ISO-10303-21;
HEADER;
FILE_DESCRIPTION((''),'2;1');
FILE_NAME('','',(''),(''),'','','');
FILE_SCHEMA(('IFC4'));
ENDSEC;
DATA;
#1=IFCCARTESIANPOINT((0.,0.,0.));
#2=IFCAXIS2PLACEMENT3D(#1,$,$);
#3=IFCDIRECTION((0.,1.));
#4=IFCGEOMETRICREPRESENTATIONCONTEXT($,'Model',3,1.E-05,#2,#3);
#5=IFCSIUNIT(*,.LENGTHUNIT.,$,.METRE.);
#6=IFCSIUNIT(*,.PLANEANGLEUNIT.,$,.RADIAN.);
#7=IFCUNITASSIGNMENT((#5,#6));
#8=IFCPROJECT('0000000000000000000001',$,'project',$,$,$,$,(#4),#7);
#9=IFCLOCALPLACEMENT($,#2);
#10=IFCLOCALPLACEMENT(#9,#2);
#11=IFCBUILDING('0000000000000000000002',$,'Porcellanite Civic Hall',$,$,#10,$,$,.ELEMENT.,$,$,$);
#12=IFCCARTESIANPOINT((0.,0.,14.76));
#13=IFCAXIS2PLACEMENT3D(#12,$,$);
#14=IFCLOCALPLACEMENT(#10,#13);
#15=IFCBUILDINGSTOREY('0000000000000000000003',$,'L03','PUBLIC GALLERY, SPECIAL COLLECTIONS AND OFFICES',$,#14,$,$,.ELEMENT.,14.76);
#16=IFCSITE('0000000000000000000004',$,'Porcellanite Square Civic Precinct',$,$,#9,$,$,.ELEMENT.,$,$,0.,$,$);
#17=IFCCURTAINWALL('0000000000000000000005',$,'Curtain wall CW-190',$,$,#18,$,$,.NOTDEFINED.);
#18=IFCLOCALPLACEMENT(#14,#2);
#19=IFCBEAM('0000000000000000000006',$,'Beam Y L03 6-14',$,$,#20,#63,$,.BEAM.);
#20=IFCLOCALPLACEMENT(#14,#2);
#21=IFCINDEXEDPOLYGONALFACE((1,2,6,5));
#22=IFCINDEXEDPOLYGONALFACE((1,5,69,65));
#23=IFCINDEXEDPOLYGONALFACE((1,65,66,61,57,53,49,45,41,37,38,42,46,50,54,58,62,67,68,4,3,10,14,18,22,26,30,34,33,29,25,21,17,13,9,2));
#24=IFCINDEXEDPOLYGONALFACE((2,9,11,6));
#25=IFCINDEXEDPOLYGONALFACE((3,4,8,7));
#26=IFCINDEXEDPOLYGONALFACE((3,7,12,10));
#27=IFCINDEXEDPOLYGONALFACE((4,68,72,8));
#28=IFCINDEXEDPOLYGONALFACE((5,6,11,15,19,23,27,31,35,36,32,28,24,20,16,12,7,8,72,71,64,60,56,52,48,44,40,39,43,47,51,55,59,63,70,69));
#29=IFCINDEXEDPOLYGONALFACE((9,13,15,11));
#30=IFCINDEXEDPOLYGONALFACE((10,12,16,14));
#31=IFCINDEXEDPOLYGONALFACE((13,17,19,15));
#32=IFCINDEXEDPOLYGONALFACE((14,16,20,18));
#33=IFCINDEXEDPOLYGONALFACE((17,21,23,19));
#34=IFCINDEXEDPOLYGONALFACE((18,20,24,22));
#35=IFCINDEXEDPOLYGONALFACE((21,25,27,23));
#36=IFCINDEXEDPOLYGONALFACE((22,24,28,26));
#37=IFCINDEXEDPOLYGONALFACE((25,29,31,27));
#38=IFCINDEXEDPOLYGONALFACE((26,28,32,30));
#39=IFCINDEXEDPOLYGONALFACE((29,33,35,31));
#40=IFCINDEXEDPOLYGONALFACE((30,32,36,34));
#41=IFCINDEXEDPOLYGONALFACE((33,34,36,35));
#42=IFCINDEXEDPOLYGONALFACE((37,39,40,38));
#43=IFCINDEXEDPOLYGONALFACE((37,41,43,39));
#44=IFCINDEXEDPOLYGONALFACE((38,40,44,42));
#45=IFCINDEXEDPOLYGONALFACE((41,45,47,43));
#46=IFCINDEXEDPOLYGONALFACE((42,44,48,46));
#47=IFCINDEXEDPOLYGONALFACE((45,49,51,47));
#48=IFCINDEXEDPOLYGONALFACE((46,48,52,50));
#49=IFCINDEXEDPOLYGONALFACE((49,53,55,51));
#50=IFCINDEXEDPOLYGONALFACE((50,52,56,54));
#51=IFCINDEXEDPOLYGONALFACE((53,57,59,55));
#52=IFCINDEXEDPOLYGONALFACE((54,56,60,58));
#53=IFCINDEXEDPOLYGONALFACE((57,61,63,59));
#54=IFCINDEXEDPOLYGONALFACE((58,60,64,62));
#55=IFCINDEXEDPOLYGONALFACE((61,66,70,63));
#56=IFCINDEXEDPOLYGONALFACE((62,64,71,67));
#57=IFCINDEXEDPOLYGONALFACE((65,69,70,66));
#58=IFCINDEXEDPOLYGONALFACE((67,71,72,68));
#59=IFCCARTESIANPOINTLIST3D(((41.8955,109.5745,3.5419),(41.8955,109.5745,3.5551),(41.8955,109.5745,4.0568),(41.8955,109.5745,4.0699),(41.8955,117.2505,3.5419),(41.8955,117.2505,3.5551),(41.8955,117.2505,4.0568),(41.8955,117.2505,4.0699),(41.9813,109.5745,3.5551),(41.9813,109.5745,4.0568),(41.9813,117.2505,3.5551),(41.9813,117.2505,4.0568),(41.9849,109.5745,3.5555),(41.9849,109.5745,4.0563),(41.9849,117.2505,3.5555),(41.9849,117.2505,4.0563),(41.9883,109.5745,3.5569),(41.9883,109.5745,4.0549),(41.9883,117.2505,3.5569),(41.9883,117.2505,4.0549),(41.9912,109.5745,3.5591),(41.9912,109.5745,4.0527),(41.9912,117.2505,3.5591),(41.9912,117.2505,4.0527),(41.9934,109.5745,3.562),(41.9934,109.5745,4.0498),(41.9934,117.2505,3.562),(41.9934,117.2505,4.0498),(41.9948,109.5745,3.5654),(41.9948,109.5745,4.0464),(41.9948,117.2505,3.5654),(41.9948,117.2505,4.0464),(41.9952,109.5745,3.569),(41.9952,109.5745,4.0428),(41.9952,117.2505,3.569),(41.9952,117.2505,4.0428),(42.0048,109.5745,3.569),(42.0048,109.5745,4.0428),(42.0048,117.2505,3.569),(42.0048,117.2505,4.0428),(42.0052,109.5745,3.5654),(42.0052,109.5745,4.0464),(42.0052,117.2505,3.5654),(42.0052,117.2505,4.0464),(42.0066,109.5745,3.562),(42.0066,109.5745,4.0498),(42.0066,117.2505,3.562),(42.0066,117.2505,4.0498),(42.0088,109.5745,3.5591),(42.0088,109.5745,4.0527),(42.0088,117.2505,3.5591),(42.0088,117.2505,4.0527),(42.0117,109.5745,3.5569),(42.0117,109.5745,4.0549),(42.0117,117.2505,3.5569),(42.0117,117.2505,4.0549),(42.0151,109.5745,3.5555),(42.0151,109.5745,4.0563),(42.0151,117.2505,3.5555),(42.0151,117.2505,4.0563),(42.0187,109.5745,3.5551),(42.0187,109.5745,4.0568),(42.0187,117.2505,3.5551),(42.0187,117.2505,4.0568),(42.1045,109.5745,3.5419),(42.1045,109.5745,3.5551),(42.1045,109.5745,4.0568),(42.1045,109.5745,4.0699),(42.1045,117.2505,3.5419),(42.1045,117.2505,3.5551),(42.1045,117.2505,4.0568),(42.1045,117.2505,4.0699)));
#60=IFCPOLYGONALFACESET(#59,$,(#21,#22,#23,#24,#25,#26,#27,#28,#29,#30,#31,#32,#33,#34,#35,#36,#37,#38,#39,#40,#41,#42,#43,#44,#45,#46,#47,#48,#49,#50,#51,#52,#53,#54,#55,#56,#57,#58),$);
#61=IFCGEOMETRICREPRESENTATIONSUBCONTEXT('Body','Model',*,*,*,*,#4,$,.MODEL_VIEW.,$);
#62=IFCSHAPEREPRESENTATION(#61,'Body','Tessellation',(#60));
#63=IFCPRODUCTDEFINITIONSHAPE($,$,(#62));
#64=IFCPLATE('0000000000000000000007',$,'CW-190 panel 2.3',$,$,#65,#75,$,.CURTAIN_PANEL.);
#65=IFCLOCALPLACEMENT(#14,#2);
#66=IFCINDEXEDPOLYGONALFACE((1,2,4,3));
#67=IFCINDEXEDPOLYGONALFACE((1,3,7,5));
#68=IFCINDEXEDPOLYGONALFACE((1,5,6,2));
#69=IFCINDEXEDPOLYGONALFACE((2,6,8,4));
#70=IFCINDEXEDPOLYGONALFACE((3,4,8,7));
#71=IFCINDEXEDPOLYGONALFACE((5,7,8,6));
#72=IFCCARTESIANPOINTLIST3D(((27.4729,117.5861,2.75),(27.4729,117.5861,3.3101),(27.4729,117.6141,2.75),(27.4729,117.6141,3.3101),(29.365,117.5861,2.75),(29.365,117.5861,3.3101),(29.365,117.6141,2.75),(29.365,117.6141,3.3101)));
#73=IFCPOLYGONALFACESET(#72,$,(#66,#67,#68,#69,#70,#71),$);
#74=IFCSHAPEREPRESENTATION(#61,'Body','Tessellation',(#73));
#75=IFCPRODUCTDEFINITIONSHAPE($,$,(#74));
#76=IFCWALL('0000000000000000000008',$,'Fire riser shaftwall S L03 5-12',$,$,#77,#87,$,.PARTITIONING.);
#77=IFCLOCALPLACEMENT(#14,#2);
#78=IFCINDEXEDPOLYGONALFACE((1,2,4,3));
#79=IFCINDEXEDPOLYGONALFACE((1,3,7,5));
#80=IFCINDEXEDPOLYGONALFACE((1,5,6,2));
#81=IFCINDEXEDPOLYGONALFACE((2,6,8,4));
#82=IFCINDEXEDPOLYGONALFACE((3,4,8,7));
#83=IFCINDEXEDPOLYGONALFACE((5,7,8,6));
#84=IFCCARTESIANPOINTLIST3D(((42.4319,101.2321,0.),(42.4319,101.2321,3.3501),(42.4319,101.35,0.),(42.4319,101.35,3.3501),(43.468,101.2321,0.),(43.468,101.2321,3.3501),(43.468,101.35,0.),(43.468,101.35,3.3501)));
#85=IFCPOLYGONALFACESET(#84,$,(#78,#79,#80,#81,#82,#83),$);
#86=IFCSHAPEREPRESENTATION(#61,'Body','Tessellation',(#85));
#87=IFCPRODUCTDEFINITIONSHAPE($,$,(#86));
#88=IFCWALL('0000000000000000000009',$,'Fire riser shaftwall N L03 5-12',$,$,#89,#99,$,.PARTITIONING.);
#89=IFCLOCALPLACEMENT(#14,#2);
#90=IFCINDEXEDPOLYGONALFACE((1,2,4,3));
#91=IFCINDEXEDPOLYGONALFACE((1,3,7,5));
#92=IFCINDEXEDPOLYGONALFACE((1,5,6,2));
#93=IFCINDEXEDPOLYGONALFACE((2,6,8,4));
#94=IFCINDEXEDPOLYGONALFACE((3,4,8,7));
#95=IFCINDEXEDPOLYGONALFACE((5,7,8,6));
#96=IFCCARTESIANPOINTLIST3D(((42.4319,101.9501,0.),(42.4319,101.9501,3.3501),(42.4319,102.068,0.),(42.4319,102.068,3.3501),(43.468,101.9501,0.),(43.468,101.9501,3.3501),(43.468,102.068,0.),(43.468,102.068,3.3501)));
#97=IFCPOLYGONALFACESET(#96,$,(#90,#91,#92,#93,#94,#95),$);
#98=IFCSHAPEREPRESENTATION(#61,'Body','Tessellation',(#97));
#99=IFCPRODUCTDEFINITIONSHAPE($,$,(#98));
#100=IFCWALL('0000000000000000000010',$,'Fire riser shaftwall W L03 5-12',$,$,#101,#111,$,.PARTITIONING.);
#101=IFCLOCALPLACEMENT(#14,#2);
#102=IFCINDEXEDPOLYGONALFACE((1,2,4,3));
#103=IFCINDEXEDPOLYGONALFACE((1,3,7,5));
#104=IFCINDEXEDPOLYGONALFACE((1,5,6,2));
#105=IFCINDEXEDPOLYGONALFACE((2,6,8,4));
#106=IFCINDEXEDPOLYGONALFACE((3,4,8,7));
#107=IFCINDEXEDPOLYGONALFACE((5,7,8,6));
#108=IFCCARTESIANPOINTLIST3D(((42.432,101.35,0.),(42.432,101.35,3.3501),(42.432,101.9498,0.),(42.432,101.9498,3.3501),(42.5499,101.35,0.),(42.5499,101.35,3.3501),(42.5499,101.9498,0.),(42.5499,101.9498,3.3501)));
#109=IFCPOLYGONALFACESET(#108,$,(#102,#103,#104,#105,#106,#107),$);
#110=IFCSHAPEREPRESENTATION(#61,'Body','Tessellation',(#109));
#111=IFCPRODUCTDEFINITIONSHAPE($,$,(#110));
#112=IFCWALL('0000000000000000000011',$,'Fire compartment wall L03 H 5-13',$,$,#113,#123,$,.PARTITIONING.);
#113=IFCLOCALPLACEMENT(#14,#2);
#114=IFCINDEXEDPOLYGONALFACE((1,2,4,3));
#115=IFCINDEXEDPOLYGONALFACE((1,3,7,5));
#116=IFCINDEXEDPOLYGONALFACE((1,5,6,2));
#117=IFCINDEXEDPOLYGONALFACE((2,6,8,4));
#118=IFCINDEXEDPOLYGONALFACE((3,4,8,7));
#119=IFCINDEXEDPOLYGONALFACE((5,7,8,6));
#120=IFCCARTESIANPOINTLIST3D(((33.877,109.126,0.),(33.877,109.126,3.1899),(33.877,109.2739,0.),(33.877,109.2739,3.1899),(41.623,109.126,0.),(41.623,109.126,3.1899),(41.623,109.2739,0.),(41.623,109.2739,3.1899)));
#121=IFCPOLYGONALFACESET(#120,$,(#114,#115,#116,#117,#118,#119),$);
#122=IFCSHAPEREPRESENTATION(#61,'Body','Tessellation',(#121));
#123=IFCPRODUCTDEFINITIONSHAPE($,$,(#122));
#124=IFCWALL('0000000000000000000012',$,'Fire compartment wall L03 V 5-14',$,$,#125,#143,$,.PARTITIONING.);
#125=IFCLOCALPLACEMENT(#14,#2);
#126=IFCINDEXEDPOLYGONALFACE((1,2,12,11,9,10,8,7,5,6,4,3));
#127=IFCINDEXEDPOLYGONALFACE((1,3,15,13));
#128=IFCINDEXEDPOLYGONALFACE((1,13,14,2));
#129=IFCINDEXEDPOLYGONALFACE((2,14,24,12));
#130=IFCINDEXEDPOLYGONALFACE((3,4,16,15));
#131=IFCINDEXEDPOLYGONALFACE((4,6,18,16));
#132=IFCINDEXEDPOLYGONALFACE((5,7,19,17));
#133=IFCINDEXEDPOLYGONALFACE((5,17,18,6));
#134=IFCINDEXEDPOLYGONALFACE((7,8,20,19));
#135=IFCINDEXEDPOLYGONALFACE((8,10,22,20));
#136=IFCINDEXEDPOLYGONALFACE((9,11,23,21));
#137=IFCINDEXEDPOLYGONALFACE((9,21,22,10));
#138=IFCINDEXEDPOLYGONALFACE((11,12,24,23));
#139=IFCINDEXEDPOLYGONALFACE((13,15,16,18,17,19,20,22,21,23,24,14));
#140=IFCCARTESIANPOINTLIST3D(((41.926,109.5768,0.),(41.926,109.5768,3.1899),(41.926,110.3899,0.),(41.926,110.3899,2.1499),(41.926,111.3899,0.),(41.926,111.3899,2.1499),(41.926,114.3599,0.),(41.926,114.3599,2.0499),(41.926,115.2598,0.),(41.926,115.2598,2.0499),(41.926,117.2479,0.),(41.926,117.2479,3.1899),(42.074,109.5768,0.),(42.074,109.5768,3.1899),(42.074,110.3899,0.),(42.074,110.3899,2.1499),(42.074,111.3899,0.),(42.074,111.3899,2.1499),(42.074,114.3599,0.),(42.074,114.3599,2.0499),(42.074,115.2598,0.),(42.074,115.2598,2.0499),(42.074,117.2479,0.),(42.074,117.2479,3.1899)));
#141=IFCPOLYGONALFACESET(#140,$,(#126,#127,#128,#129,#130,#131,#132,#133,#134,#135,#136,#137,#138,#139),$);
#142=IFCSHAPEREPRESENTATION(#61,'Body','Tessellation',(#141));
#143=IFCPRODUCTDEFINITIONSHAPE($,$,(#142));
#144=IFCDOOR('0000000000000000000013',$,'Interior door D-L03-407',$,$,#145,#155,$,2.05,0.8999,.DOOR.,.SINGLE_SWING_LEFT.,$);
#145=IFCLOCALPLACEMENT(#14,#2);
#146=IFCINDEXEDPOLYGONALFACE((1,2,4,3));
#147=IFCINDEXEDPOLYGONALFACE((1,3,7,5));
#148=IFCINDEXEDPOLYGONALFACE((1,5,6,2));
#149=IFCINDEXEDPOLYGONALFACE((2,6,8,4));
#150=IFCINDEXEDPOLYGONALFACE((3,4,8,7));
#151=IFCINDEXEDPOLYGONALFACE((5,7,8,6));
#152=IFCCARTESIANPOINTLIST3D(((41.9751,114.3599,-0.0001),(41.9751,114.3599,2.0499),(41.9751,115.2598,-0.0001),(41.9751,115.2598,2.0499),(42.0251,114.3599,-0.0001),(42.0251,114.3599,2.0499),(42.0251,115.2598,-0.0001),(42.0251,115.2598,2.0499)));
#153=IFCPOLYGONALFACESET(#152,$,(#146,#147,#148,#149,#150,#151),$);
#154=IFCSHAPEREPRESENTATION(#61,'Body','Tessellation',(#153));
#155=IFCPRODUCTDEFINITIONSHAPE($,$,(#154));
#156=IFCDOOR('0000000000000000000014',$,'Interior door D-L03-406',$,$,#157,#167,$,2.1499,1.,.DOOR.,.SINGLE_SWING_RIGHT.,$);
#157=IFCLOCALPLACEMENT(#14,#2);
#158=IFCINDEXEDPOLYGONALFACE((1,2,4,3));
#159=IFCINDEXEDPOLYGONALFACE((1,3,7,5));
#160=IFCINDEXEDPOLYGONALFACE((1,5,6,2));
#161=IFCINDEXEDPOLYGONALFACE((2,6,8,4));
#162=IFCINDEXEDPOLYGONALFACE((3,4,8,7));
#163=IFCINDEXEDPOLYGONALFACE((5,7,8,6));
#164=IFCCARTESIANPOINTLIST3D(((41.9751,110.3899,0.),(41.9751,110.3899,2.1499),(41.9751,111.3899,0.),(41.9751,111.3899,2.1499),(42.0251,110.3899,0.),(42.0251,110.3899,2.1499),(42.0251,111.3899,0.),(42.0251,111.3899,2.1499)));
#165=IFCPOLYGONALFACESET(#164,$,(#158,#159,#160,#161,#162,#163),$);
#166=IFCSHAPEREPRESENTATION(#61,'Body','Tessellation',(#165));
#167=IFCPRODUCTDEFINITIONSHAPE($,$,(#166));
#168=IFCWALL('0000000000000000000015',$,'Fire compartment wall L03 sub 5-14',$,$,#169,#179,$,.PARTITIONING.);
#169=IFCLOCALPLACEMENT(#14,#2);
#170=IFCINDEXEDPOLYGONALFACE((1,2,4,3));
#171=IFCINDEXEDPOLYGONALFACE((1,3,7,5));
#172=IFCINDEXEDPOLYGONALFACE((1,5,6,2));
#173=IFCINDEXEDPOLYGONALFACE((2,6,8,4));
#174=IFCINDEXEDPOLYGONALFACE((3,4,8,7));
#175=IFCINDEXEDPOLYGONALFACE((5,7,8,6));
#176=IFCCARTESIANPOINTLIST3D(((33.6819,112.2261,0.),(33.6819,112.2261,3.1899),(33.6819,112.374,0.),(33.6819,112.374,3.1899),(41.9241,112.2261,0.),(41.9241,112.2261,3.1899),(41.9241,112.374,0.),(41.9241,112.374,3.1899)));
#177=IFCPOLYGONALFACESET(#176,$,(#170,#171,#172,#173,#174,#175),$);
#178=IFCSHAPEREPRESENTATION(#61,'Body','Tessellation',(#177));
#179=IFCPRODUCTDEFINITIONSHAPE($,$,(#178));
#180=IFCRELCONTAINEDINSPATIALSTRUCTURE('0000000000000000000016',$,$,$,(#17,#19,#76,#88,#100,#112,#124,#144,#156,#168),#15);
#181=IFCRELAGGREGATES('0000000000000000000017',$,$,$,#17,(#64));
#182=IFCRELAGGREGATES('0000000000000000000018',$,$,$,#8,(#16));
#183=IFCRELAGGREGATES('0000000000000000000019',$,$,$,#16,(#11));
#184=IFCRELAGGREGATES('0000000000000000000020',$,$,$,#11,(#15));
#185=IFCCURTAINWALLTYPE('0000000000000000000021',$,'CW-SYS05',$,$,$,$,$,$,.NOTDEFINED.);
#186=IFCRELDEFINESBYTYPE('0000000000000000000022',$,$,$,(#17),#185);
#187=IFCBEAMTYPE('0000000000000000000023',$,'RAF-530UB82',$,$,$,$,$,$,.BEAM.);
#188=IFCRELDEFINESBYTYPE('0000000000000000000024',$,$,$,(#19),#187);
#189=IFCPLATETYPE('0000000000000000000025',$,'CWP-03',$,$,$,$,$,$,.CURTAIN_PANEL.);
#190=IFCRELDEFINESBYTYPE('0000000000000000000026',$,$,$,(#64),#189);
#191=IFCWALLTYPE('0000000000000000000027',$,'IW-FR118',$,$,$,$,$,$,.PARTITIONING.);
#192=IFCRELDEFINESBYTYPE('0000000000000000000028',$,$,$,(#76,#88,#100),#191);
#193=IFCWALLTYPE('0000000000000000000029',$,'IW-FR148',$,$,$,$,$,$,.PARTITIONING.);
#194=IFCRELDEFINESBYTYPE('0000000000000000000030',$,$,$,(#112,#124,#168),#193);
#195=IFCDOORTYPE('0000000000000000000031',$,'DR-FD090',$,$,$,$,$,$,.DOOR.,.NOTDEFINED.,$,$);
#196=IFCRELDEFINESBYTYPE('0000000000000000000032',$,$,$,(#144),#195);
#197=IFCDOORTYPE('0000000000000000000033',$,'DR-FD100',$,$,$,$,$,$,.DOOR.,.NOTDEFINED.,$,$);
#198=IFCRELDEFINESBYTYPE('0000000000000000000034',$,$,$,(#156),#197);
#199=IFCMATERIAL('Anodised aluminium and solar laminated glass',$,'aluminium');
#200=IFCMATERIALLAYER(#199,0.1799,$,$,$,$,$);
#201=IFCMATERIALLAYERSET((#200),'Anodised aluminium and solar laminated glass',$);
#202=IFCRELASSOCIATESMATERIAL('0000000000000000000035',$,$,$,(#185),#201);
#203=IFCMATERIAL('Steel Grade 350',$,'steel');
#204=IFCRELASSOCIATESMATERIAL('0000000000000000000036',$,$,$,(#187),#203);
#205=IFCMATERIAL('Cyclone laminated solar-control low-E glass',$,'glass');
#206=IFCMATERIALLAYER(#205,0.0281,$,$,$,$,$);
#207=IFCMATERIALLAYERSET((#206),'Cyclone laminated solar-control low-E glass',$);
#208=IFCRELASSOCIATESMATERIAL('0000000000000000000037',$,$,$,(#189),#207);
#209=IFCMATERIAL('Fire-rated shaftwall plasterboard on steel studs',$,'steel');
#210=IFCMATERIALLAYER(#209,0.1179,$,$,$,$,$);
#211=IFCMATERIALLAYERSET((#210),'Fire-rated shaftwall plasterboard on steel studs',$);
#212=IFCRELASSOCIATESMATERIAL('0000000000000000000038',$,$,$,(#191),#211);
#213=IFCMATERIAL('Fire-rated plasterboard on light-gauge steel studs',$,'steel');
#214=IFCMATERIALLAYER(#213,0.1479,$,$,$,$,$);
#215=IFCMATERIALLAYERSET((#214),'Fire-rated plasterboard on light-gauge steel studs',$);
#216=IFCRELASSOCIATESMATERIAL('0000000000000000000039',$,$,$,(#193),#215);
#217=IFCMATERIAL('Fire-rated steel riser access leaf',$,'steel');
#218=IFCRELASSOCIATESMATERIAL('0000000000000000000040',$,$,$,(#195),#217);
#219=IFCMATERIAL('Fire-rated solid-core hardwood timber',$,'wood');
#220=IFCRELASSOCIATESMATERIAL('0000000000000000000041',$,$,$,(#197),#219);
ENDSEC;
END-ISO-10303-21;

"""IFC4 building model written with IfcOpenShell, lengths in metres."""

from ifc_helpers import new_model, si_unit, direction, frame, frame_2d, origin, origin_2d, place, context, subcontext, project, spatial, rectangle, i_section, extrude, material, layer, layer_set, material_profile, profile_set, type_object, element, fill, aggregate, save


model = new_model("IFC4")

# Units and contexts
model_context = context("Model", 3, precision=1e-05, world=origin(), true_north=direction((0.0, 1.0)))
body_context = subcontext(model_context, "Body", "Model", "MODEL_VIEW")
ifc_project = project(units=[si_unit("LENGTHUNIT", "METRE"), si_unit("PLANEANGLEUNIT", "RADIAN")], contexts=[model_context])

# Site, building, storey
site_placement = place(None, origin())
site = spatial("IfcSite", under=ifc_project, at=site_placement, Name="Porcellanite Square Civic Precinct", CompositionType="ELEMENT", RefElevation=0.0)
building_placement = place(site_placement, origin())
building = spatial("IfcBuilding", under=site, at=building_placement, Name="Porcellanite Civic Hall", CompositionType="ELEMENT")
storey_placement = place(building_placement, frame((0.0, 0.0, 14.76)))
storey = spatial("IfcBuildingStorey", under=building, at=storey_placement, Name="L03", Description="PUBLIC GALLERY, SPECIAL COLLECTIONS AND OFFICES", CompositionType="ELEMENT", Elevation=14.76)

# Curtain wall
ifc_material_1 = material(Name="Anodised aluminium and solar laminated glass", Category="aluminium")
ifc_layer_1 = layer(ifc_material_1, 0.1799)
ifc_layer_set_1 = layer_set([ifc_layer_1], Name="Anodised aluminium and solar laminated glass")
curtain_wall_type = type_object("IfcCurtainWallType", Name="CW-SYS05", PredefinedType="NOTDEFINED", material=ifc_layer_set_1)
curtain_wall_placement = place(storey_placement, origin())
curtain_wall = element("IfcCurtainWall", 1, at=curtain_wall_placement, inside=storey, type_object=curtain_wall_type, Name="Curtain wall CW-190", PredefinedType="NOTDEFINED")

# Beam
ifc_material_2 = material(Name="Steel Grade 350", Category="steel")
ifc_material_profile_1 = material_profile(ifc_material_2, i_section(OverallWidth=0.209, OverallDepth=0.5281, WebThickness=0.0095, FlangeThickness=0.0132, FilletRadius=0.0139, at=origin_2d()), Name="530UB82.0")
ifc_profile_set_1 = profile_set([ifc_material_profile_1], Name="Steel Grade 350")
beam_type_1 = type_object("IfcBeamType", Name="RAF-530UB82", PredefinedType="BEAM", material=ifc_profile_set_1)
beam_1_placement = place(storey_placement, frame((42.0, 109.5745, 3.8059), z_axis=(0.0, 1.0, 0.0), x_axis=(-1.0, 0.0, 0.0)))
element("IfcBeam", 2, at=beam_1_placement, inside=storey, type_object=beam_type_1, Name="Beam Y L03 6-14", PredefinedType="BEAM", context=body_context, shape_type="SweptSolid", body=[
    extrude(i_section(OverallWidth=0.209, OverallDepth=0.5281, WebThickness=0.0095, FlangeThickness=0.0132, FilletRadius=0.0139, at=origin_2d()), origin(), (0.0, 0.0, 1.0), 7.676),
])

# Plate
ifc_material_3 = material(Name="Cyclone laminated solar-control low-E glass", Category="glass")
ifc_layer_2 = layer(ifc_material_3, 0.0281)
ifc_layer_set_2 = layer_set([ifc_layer_2], Name="Cyclone laminated solar-control low-E glass")
plate_type = type_object("IfcPlateType", Name="CWP-03", PredefinedType="CURTAIN_PANEL", material=ifc_layer_set_2)
plate_placement = place(storey_placement, frame((28.4189, 117.6001, 2.75), z_axis=(0.0, 0.0, 1.0), x_axis=(1.0, 0.0, 0.0)))
plate = element("IfcPlate", 3, at=plate_placement, type_object=plate_type, Name="CW-190 panel 2.3", PredefinedType="CURTAIN_PANEL", context=body_context, shape_type="SweptSolid", body=[
    extrude(rectangle(XDim=1.8921, YDim=0.0281, at=origin_2d()), origin(), (0.0, 0.0, 1.0), 0.5601),
])
aggregate(curtain_wall, [plate])

# Walls
ifc_material_4 = material(Name="Fire-rated shaftwall plasterboard on steel studs", Category="steel")
ifc_layer_3 = layer(ifc_material_4, 0.1179)
ifc_layer_set_3 = layer_set([ifc_layer_3], Name="Fire-rated shaftwall plasterboard on steel studs")
wall_type_1 = type_object("IfcWallType", Name="IW-FR118", PredefinedType="PARTITIONING", material=ifc_layer_set_3)
for number, where, z_axis, x_axis, name in (
    (4, (42.4319, 101.291, 0.0), (0.0, 0.0, 1.0), (1.0, 0.0, 0.0), "Fire riser shaftwall S L03 5-12"),
    (5, (42.4319, 102.009, 0.0), (0.0, 0.0, 1.0), (1.0, 0.0, 0.0), "Fire riser shaftwall N L03 5-12"),
):
    element("IfcWall", number, at=place(storey_placement, frame(where, z_axis=z_axis, x_axis=x_axis)), inside=storey, type_object=wall_type_1, Name=name, PredefinedType="PARTITIONING", context=body_context, shape_type="SweptSolid", body=[
        extrude(rectangle(XDim=1.0361, YDim=0.1179, at=frame_2d((0.5181, 0.0))), origin(), (0.0, 0.0, 1.0), 3.3501),
    ])
wall_1_placement = place(storey_placement, frame((42.491, 101.3501, 0.0), z_axis=(0.0, 0.0, 1.0), x_axis=(0.0, 1.0, 0.0)))
element("IfcWall", 6, at=wall_1_placement, inside=storey, type_object=wall_type_1, Name="Fire riser shaftwall W L03 5-12", PredefinedType="PARTITIONING", context=body_context, shape_type="SweptSolid", body=[
    extrude(rectangle(XDim=0.5999, YDim=0.1179, at=frame_2d((0.2998, 0.0))), origin(), (0.0, 0.0, 1.0), 3.3501),
])
ifc_material_5 = material(Name="Fire-rated plasterboard on light-gauge steel studs", Category="steel")
ifc_layer_4 = layer(ifc_material_5, 0.1479)
ifc_layer_set_4 = layer_set([ifc_layer_4], Name="Fire-rated plasterboard on light-gauge steel studs")
wall_type_2 = type_object("IfcWallType", Name="IW-FR148", PredefinedType="PARTITIONING", material=ifc_layer_set_4)
wall_2_placement = place(storey_placement, frame((33.877, 109.2, 0.0), z_axis=(0.0, 0.0, 1.0), x_axis=(1.0, 0.0, 0.0)))
element("IfcWall", 7, at=wall_2_placement, inside=storey, type_object=wall_type_2, Name="Fire compartment wall L03 H 5-13", PredefinedType="PARTITIONING", context=body_context, shape_type="SweptSolid", body=[
    extrude(rectangle(XDim=7.7461, YDim=0.1479, at=frame_2d((3.873, 0.0))), origin(), (0.0, 0.0, 1.0), 3.1899),
])

# Wall, openings, doors
wall_3_placement = place(storey_placement, frame((42.0, 109.5769, 0.0), z_axis=(0.0, 0.0, 1.0), x_axis=(0.0, 1.0, 0.0)))
wall_3 = element("IfcWall", 8, at=wall_3_placement, inside=storey, type_object=wall_type_2, Name="Fire compartment wall L03 V 5-14", PredefinedType="PARTITIONING", context=body_context, shape_type="SweptSolid", body=[
    extrude(rectangle(XDim=7.6711, YDim=0.1479, at=frame_2d((3.8354, 0.0))), origin(), (0.0, 0.0, 1.0), 3.1899),
])
opening_1_placement = place(wall_3_placement, frame((0.813, 0.0, 0.0)))
opening_1 = element("IfcOpeningElement", 9, at=opening_1_placement, cuts=wall_3, PredefinedType="OPENING", context=body_context, shape_type="SweptSolid", body=[
    extrude(rectangle(XDim=1.0, YDim=2.1499, at=frame_2d((0.5, 1.075))), frame((0.0, 0.074, 0.0), z_axis=(0.0, -1.0, 0.0), x_axis=(1.0, 0.0, 0.0)), (0.0, 0.0, 1.0), 0.1479),
])
opening_2_placement = place(wall_3_placement, frame((4.783, 0.0, 0.0)))
opening_2 = element("IfcOpeningElement", 10, at=opening_2_placement, cuts=wall_3, PredefinedType="OPENING", context=body_context, shape_type="SweptSolid", body=[
    extrude(rectangle(XDim=0.8999, YDim=2.05, at=frame_2d((0.45, 1.0249))), frame((0.0, 0.074, 0.0), z_axis=(0.0, -1.0, 0.0), x_axis=(1.0, 0.0, 0.0)), (0.0, 0.0, 1.0), 0.1479),
])
ifc_material_6 = material(Name="Fire-rated steel riser access leaf", Category="steel")
door_type_1 = type_object("IfcDoorType", Name="DR-FD090", OperationType="NOTDEFINED", PredefinedType="DOOR", material=ifc_material_6)
door_1_placement = place(opening_2_placement, origin())
door_1 = element("IfcDoor", 11, at=door_1_placement, inside=storey, type_object=door_type_1, Name="Interior door D-L03-407", OperationType="SINGLE_SWING_LEFT", OverallHeight=2.05, OverallWidth=0.8999, PredefinedType="DOOR", context=body_context, shape_type="SweptSolid", body=[
    extrude(rectangle(XDim=0.8999, YDim=2.05, at=frame_2d((0.45, 1.0249))), frame((0.0, 0.0249, 0.0), z_axis=(0.0, -1.0, 0.0), x_axis=(1.0, 0.0, 0.0)), (0.0, 0.0, 1.0), 0.05),
])
fill(opening_2, door_1)
ifc_material_7 = material(Name="Fire-rated solid-core hardwood timber", Category="wood")
door_type_2 = type_object("IfcDoorType", Name="DR-FD100", OperationType="NOTDEFINED", PredefinedType="DOOR", material=ifc_material_7)
door_2_placement = place(opening_1_placement, origin())
door_2 = element("IfcDoor", 12, at=door_2_placement, inside=storey, type_object=door_type_2, Name="Interior door D-L03-406", OperationType="SINGLE_SWING_RIGHT", OverallHeight=2.1499, OverallWidth=1.0, PredefinedType="DOOR", context=body_context, shape_type="SweptSolid", body=[
    extrude(rectangle(XDim=1.0, YDim=2.1499, at=frame_2d((0.5, 1.075))), frame((0.0, 0.0249, 0.0), z_axis=(0.0, -1.0, 0.0), x_axis=(1.0, 0.0, 0.0)), (0.0, 0.0, 1.0), 0.05),
])
fill(opening_1, door_2)

# Wall
wall_4_placement = place(storey_placement, frame((33.6819, 112.3, 0.0), z_axis=(0.0, 0.0, 1.0), x_axis=(1.0, 0.0, 0.0)))
element("IfcWall", 13, at=wall_4_placement, inside=storey, type_object=wall_type_2, Name="Fire compartment wall L03 sub 5-14", PredefinedType="PARTITIONING", context=body_context, shape_type="SweptSolid", body=[
    extrude(rectangle(XDim=8.2422, YDim=0.1479, at=frame_2d((4.1211, 0.0))), origin(), (0.0, 0.0, 1.0), 3.1899),
])

save(model, "model.ifc")
